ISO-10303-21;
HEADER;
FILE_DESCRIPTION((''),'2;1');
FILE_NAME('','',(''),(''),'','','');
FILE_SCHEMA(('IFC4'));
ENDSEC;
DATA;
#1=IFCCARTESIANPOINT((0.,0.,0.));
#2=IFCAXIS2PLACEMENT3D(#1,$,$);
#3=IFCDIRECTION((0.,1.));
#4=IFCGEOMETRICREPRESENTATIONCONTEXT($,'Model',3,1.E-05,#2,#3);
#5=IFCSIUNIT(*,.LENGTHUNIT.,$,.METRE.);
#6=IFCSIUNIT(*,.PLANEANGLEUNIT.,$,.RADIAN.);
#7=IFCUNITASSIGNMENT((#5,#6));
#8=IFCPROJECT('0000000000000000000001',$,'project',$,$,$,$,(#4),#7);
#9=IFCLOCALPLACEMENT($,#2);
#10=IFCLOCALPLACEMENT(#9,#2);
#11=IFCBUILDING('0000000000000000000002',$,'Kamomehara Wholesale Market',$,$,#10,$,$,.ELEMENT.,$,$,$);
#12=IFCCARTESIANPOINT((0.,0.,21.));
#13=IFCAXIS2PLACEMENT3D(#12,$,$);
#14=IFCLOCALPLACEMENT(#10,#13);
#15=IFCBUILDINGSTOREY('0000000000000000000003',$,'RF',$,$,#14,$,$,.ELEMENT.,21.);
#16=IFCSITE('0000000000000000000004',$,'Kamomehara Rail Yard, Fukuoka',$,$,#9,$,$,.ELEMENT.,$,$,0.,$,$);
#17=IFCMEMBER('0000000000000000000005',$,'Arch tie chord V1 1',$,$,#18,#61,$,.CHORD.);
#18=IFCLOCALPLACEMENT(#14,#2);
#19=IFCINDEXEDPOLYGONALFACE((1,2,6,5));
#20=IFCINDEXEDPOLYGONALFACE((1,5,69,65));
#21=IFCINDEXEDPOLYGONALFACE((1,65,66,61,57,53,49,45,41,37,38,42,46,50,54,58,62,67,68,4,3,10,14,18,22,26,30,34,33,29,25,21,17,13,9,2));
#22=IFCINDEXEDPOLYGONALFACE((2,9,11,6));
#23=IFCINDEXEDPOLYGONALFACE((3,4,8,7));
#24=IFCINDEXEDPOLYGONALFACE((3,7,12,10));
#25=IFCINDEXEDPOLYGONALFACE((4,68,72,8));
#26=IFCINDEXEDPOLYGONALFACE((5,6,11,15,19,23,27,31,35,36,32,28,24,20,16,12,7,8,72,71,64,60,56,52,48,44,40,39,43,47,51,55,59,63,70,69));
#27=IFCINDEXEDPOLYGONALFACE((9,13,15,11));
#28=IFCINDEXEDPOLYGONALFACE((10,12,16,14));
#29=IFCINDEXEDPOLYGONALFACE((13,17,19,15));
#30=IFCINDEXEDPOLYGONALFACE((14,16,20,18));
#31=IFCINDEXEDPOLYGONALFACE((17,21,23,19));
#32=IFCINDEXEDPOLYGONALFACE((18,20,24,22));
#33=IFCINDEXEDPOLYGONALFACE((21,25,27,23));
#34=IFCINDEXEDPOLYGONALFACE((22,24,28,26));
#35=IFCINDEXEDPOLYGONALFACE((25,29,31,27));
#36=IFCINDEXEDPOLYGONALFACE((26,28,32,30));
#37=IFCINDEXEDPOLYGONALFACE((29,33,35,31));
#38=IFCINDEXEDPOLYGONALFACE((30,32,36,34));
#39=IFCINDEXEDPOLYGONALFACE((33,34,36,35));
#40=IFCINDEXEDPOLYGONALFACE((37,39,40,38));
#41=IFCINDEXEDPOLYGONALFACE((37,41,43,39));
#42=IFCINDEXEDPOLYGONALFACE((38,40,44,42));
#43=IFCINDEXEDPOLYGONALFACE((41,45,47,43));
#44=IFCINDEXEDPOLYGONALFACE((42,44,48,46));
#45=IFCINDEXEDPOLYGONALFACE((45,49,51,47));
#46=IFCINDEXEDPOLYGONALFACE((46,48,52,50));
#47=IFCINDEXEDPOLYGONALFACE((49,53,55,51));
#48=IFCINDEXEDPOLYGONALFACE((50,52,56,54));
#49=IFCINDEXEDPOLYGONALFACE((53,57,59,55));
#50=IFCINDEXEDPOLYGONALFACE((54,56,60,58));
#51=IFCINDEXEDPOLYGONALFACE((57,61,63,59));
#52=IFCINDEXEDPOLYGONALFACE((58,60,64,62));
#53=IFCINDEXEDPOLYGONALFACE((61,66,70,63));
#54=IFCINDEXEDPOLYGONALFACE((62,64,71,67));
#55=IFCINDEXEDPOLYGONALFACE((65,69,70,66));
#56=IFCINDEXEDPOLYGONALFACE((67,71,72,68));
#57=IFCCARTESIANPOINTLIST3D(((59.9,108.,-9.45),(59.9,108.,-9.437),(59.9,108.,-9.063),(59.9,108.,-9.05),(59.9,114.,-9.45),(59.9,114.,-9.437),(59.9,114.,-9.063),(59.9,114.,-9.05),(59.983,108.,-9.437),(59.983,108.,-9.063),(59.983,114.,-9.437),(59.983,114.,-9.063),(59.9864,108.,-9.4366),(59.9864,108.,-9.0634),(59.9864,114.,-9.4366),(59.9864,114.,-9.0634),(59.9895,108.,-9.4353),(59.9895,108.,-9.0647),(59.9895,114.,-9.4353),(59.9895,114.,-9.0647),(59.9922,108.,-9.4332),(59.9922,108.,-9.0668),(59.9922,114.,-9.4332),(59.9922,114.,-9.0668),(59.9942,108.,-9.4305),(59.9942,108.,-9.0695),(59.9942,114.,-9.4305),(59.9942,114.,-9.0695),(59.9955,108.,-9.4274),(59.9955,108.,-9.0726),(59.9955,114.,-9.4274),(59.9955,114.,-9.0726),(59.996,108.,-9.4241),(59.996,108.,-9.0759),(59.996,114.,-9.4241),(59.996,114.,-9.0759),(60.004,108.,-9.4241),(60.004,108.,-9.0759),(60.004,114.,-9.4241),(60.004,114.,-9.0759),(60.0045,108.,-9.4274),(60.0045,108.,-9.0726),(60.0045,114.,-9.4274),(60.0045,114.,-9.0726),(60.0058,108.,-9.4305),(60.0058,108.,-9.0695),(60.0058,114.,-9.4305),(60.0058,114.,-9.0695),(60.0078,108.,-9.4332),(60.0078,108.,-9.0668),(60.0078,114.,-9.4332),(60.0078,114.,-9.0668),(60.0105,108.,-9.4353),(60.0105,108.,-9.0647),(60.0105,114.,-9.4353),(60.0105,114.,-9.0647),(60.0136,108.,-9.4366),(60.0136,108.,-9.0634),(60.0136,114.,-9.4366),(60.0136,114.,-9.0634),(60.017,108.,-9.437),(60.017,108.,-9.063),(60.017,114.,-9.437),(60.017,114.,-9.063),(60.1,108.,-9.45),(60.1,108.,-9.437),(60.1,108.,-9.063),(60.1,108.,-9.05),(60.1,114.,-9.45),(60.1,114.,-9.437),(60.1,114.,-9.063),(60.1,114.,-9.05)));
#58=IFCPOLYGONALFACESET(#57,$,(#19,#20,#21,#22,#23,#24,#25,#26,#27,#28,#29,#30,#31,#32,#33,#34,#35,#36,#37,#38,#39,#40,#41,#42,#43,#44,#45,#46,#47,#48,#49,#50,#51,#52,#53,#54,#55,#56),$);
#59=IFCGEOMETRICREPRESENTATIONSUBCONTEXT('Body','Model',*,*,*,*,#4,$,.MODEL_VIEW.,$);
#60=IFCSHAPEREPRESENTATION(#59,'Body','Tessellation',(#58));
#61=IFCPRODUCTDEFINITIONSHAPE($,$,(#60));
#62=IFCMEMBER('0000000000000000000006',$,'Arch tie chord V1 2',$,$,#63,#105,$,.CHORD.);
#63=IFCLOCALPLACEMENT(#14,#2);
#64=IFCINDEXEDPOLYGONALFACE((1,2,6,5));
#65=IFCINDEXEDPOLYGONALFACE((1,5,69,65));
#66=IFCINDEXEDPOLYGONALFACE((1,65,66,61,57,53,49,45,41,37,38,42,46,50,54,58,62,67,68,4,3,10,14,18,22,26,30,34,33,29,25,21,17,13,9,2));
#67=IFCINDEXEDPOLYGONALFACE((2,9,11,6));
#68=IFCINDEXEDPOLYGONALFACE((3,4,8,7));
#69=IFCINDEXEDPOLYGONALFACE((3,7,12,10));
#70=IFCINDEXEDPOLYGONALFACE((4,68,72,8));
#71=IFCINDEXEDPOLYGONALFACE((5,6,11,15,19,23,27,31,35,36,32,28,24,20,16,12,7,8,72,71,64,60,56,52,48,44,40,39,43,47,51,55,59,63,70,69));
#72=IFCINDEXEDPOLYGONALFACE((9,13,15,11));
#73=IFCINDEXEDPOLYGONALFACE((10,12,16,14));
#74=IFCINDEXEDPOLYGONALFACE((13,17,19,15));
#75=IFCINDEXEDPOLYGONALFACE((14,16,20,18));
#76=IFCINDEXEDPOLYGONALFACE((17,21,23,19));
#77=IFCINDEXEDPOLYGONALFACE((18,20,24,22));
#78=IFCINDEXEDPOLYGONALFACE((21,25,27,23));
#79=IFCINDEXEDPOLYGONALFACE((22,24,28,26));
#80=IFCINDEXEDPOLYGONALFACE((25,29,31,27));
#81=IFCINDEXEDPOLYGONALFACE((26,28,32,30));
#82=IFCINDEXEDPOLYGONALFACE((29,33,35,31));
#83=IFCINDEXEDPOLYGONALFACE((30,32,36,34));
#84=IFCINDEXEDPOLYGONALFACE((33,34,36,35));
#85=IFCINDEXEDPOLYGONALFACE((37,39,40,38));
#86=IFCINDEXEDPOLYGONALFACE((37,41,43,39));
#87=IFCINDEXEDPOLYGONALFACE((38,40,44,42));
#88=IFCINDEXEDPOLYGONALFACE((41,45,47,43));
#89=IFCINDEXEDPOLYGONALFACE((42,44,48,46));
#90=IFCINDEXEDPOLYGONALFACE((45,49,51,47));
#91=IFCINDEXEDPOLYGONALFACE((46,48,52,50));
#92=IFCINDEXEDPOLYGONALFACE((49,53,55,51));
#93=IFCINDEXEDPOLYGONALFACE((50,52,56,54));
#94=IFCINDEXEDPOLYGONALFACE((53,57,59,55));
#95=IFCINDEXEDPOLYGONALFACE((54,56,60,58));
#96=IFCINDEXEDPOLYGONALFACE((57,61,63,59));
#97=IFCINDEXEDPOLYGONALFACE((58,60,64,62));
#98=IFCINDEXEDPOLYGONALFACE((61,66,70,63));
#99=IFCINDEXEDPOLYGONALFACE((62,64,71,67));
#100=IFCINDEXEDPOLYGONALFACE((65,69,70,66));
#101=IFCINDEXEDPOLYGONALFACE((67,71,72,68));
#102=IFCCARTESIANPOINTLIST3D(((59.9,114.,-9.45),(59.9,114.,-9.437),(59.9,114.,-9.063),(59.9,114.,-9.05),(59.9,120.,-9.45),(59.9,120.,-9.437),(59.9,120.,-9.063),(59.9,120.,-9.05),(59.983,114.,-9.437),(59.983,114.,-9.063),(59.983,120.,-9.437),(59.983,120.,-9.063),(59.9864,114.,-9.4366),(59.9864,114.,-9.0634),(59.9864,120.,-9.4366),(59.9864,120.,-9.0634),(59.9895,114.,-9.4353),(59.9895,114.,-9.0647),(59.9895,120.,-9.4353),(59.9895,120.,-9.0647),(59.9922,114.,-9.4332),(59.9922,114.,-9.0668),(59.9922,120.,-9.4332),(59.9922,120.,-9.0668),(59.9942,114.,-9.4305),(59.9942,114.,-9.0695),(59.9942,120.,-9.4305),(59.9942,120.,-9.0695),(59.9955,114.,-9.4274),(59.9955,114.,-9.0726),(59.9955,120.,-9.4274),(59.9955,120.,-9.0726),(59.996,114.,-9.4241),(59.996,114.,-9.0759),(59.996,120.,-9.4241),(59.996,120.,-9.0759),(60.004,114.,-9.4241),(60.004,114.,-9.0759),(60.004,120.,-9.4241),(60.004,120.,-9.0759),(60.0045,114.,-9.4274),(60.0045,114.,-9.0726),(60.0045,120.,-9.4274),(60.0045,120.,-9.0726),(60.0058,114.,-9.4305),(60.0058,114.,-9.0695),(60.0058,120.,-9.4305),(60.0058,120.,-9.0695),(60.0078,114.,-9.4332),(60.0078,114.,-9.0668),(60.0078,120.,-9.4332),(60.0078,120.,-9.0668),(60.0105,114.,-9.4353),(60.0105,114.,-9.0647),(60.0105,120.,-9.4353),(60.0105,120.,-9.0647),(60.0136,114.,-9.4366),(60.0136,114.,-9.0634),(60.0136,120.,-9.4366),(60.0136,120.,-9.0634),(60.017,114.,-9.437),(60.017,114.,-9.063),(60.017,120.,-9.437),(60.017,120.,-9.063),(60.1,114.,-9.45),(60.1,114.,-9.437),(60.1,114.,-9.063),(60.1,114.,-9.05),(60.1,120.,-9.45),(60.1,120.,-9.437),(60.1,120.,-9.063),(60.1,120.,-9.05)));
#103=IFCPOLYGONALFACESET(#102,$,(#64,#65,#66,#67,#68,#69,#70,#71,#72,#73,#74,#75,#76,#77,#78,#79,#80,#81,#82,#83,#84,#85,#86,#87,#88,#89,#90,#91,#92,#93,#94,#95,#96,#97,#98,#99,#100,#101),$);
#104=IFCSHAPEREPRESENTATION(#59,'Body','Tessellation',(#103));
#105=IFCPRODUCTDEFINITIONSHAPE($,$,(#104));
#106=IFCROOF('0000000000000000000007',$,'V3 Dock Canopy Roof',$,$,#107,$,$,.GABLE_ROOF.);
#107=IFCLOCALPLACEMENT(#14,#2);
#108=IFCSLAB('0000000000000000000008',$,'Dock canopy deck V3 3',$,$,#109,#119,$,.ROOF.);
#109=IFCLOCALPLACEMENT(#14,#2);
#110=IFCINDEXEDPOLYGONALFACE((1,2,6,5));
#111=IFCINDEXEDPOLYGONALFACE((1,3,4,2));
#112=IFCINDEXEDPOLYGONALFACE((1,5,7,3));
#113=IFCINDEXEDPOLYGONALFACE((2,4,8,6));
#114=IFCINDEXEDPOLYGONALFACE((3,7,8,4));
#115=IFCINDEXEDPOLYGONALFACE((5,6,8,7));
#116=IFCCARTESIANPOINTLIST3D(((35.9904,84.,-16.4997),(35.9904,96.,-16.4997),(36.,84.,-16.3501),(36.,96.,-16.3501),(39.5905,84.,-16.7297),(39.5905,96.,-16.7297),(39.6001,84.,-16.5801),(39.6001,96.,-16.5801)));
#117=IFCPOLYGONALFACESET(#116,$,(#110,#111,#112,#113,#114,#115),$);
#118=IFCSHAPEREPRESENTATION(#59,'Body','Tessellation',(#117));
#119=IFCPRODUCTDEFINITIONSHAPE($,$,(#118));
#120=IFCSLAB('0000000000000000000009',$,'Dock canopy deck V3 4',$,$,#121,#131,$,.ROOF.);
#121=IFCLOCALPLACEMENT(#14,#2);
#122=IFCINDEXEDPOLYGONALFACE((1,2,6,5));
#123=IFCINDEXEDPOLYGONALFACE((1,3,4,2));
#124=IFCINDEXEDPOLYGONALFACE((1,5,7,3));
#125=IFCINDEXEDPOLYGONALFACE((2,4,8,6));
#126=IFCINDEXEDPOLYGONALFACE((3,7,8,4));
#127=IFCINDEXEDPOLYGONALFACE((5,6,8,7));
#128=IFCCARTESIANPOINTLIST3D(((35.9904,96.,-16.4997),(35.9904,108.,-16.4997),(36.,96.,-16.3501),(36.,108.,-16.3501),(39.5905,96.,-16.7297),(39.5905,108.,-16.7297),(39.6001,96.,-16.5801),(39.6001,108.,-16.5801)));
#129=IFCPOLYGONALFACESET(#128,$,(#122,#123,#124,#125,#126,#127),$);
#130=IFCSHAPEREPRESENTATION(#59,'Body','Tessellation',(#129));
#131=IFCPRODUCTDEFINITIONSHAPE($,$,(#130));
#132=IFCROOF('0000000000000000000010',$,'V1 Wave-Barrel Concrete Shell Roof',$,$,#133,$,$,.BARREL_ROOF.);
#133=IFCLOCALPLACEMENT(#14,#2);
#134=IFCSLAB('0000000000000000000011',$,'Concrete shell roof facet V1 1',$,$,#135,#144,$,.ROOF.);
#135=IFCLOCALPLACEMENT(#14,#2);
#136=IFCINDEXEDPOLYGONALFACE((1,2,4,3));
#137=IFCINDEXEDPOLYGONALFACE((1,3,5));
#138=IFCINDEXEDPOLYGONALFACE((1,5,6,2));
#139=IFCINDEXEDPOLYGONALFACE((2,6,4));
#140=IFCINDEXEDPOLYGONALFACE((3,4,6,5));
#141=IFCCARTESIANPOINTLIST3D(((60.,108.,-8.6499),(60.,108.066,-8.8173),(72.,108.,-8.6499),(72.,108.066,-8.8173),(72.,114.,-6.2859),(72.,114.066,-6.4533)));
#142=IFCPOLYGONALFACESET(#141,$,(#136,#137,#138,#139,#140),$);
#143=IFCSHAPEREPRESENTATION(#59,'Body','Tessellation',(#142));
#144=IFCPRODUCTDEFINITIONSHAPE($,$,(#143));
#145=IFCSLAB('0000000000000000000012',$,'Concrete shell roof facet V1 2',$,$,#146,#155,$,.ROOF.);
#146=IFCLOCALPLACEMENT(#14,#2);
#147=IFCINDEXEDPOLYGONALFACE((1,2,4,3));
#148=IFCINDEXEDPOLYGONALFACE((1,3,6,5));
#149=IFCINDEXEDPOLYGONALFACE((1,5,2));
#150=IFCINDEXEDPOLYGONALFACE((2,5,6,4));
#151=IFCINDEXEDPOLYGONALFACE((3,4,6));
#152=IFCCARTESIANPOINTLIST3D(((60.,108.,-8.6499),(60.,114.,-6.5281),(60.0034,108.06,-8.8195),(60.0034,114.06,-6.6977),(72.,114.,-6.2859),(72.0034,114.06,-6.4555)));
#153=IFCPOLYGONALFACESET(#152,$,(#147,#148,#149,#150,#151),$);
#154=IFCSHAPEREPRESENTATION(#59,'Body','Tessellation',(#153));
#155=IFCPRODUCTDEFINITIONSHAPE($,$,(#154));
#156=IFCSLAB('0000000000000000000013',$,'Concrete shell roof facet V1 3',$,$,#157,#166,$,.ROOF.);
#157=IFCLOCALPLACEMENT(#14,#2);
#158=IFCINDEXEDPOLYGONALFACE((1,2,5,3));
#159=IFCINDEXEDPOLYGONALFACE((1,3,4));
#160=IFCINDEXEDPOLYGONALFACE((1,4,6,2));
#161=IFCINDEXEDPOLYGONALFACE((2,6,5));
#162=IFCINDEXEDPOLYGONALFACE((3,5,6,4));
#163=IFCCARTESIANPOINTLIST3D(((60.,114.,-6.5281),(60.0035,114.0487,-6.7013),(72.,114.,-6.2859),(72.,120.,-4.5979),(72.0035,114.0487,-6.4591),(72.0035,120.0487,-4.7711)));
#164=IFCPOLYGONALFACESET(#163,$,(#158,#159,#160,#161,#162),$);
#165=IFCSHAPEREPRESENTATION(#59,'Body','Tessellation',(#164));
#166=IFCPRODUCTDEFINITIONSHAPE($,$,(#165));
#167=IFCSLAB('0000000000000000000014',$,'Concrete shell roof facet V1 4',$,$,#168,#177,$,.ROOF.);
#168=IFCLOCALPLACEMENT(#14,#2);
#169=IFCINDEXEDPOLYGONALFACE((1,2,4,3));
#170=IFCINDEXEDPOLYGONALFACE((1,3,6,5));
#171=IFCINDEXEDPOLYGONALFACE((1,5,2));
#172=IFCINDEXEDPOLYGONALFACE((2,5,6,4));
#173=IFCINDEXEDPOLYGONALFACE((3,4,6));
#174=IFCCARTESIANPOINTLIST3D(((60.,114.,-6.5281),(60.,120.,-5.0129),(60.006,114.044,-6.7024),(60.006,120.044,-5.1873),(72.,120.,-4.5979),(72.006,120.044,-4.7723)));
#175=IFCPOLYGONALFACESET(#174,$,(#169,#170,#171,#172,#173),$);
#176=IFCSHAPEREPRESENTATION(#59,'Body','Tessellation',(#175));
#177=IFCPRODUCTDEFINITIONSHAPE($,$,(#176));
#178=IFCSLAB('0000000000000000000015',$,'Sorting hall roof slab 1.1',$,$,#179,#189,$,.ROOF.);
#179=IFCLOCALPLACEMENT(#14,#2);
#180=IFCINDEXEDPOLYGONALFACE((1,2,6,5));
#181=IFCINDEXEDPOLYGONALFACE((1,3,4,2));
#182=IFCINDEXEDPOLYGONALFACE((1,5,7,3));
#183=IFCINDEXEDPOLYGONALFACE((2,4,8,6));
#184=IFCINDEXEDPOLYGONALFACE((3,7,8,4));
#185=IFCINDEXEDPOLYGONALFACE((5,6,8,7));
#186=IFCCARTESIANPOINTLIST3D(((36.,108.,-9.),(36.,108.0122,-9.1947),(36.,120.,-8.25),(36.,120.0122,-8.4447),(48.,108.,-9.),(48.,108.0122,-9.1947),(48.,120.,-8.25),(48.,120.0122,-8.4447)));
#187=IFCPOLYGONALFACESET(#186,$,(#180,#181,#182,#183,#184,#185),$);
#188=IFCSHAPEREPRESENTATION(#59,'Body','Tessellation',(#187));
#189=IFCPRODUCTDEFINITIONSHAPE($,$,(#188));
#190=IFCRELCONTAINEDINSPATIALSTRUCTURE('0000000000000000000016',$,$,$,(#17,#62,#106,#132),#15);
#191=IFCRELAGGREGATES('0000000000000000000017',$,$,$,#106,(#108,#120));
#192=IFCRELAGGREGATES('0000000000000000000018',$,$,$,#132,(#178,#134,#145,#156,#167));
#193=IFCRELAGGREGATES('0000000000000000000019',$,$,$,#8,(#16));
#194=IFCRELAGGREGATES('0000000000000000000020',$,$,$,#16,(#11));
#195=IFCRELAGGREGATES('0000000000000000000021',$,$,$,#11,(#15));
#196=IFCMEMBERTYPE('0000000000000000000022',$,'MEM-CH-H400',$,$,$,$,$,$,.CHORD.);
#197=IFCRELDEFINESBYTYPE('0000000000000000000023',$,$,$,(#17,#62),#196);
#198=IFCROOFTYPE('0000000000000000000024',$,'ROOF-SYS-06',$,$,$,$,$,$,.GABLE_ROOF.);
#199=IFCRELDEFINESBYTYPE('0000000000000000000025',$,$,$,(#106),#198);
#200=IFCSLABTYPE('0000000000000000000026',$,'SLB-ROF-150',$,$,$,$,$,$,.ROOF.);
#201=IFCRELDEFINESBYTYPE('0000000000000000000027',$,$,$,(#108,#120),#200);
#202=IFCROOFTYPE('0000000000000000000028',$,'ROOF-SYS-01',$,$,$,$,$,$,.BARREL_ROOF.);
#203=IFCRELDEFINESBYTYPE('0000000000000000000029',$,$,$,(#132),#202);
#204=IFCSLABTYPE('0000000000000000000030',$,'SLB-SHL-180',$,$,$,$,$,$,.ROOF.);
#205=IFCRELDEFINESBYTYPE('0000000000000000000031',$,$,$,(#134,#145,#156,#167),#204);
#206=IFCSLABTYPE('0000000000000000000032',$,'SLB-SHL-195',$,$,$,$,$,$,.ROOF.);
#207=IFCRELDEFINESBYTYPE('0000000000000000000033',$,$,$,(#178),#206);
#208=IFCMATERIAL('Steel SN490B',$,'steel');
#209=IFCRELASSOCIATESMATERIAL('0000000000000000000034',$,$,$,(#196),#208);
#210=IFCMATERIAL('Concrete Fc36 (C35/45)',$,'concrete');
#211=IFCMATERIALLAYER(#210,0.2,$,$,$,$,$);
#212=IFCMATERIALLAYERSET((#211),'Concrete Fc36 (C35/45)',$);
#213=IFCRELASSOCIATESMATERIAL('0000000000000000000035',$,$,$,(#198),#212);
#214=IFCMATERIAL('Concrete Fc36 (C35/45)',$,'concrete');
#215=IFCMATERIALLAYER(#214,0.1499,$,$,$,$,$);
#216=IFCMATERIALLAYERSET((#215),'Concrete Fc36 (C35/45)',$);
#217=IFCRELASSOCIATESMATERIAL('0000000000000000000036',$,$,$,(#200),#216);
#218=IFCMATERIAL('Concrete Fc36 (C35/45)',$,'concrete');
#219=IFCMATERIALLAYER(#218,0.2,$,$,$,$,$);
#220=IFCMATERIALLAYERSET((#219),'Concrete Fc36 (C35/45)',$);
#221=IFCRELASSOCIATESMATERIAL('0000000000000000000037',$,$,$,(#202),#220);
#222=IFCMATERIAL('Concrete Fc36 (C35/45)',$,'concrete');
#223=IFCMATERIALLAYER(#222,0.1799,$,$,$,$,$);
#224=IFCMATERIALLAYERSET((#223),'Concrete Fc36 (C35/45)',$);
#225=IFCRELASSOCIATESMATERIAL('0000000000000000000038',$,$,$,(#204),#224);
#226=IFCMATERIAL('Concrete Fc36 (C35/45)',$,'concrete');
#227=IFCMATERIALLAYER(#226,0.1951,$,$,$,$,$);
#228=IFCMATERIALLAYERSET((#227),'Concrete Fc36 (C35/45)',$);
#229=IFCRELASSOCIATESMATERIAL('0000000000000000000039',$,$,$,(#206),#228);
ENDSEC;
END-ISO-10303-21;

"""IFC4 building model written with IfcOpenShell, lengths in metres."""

from ifc_helpers import new_model, si_unit, direction, frame, origin, origin_2d, place, context, subcontext, project, spatial, polyline, i_section, outline, extrude, material, layer, layer_set, material_profile, profile_set, type_object, element, aggregate, save


model = new_model("IFC4")

# Units and contexts
model_context = context("Model", 3, precision=1e-05, world=origin(), true_north=direction((0.0, 1.0)))
body_context = subcontext(model_context, "Body", "Model", "MODEL_VIEW")
ifc_project = project(units=[si_unit("LENGTHUNIT", "METRE"), si_unit("PLANEANGLEUNIT", "RADIAN")], contexts=[model_context])

# Site, building, storey
site_placement = place(None, origin())
site = spatial("IfcSite", under=ifc_project, at=site_placement, Name="Kamomehara Rail Yard, Fukuoka", CompositionType="ELEMENT", RefElevation=0.0)
building_placement = place(site_placement, origin())
building = spatial("IfcBuilding", under=site, at=building_placement, Name="Kamomehara Wholesale Market", CompositionType="ELEMENT")
storey_placement = place(building_placement, frame((0.0, 0.0, 21.0)))
storey = spatial("IfcBuildingStorey", under=building, at=storey_placement, Name="RF", CompositionType="ELEMENT", Elevation=21.0)

# Members
ifc_material_1 = material(Name="Steel SN490B", Category="steel")
ifc_material_profile_1 = material_profile(ifc_material_1, i_section(OverallWidth=0.2, OverallDepth=0.3999, WebThickness=0.0081, FlangeThickness=0.0129, FilletRadius=0.0129, at=origin_2d()), Name="H-400x200x8x13")
ifc_profile_set_1 = profile_set([ifc_material_profile_1], Name="Steel SN490B")
member_type_1 = type_object("IfcMemberType", Name="MEM-CH-H400", PredefinedType="CHORD", material=ifc_profile_set_1)
for number, where, z_axis, x_axis, name in (
    (1, (60.0, 108.0, -9.25), (0.0, 1.0, 0.0), (-1.0, 0.0, 0.0), "Arch tie chord V1 1"),
    (2, (60.0, 114.0, -9.25), (0.0, 1.0, 0.0), (-1.0, 0.0, 0.0), "Arch tie chord V1 2"),
):
    element("IfcMember", number, at=place(storey_placement, frame(where, z_axis=z_axis, x_axis=x_axis)), inside=storey, type_object=member_type_1, Name=name, PredefinedType="CHORD", context=body_context, shape_type="SweptSolid", body=[
        extrude(i_section(OverallWidth=0.2, OverallDepth=0.3999, WebThickness=0.0081, FlangeThickness=0.0129, FilletRadius=0.0129, at=origin_2d()), origin(), (0.0, 0.0, 1.0), 6.0),
    ])

# Roofs, slabs
ifc_material_2 = material(Name="Concrete Fc36 (C35/45)", Category="concrete")
ifc_layer_1 = layer(ifc_material_2, 0.2)
ifc_layer_set_1 = layer_set([ifc_layer_1], Name="Concrete Fc36 (C35/45)")
roof_type_1 = type_object("IfcRoofType", Name="ROOF-SYS-06", PredefinedType="GABLE_ROOF", material=ifc_layer_set_1)
roof_1_placement = place(storey_placement, origin())
roof_1 = element("IfcRoof", 3, at=roof_1_placement, inside=storey, type_object=roof_type_1, Name="V3 Dock Canopy Roof", PredefinedType="GABLE_ROOF")
ifc_material_3 = material(Name="Concrete Fc36 (C35/45)", Category="concrete")
ifc_layer_2 = layer(ifc_material_3, 0.1499)
ifc_layer_set_2 = layer_set([ifc_layer_2], Name="Concrete Fc36 (C35/45)")
slab_type_1 = type_object("IfcSlabType", Name="SLB-ROF-150", PredefinedType="ROOF", material=ifc_layer_set_2)
slab_1_placement = place(storey_placement, frame((36.0, 84.0, -16.3501), z_axis=(0.063752, 0.0, 0.997966), x_axis=(0.997966, 0.0, -0.063752)))
slab_1 = element("IfcSlab", 4, at=slab_1_placement, type_object=slab_type_1, Name="Dock canopy deck V3 3", PredefinedType="ROOF", context=body_context, shape_type="SweptSolid", body=[
    extrude(outline(polyline([(0.0, 0.0), (3.6074, 0.0), (3.6074, 12.0), (0.0, 12.0), (0.0, 0.0)])), origin(), (0.0, 0.0, -1.0), 0.1499),
])
slab_2_placement = place(storey_placement, frame((36.0, 96.0, -16.3501), z_axis=(0.063752, 0.0, 0.997966), x_axis=(0.997966, 0.0, -0.063752)))
slab_2 = element("IfcSlab", 5, at=slab_2_placement, type_object=slab_type_1, Name="Dock canopy deck V3 4", PredefinedType="ROOF", context=body_context, shape_type="SweptSolid", body=[
    extrude(outline(polyline([(0.0, 0.0), (3.6074, 0.0), (3.6074, 12.0), (0.0, 12.0), (0.0, 0.0)])), origin(), (0.0, 0.0, -1.0), 0.1499),
])
aggregate(roof_1, [slab_1, slab_2])
ifc_material_4 = material(Name="Concrete Fc36 (C35/45)", Category="concrete")
ifc_layer_3 = layer(ifc_material_4, 0.2)
ifc_layer_set_3 = layer_set([ifc_layer_3], Name="Concrete Fc36 (C35/45)")
roof_type_2 = type_object("IfcRoofType", Name="ROOF-SYS-01", PredefinedType="BARREL_ROOF", material=ifc_layer_set_3)
roof_2_placement = place(storey_placement, origin())
roof_2 = element("IfcRoof", 6, at=roof_2_placement, inside=storey, type_object=roof_type_2, Name="V1 Wave-Barrel Concrete Shell Roof", PredefinedType="BARREL_ROOF")
ifc_material_5 = material(Name="Concrete Fc36 (C35/45)", Category="concrete")
ifc_layer_4 = layer(ifc_material_5, 0.1799)
ifc_layer_set_4 = layer_set([ifc_layer_4], Name="Concrete Fc36 (C35/45)")
slab_type_2 = type_object("IfcSlabType", Name="SLB-SHL-180", PredefinedType="ROOF", material=ifc_layer_set_4)
slab_3_placement = place(storey_placement, frame((60.0, 108.0, -8.6499), z_axis=(0.0, -0.366575, 0.930388), x_axis=(1.0, 0.0, 0.0)))
slab_3 = element("IfcSlab", 7, at=slab_3_placement, type_object=slab_type_2, Name="Concrete shell roof facet V1 1", PredefinedType="ROOF", context=body_context, shape_type="SweptSolid", body=[
    extrude(outline(polyline([(0.0, 0.0), (12.0, 0.0), (12.0, 6.4489), (0.0, 0.0)])), origin(), (0.0, 0.0, -1.0), 0.1799),
])
slab_4_placement = place(storey_placement, frame((60.0, 108.0, -8.6499), z_axis=(-0.019024, -0.333344, 0.942613), x_axis=(0.880857, 0.440429, 0.17353)))
slab_4 = element("IfcSlab", 8, at=slab_4_placement, type_object=slab_type_2, Name="Concrete shell roof facet V1 2", PredefinedType="ROOF", context=body_context, shape_type="SweptSolid", body=[
    extrude(outline(polyline([(0.0, 0.0), (13.6231, 0.0), (3.0108, 5.6069), (0.0, 0.0)])), origin(), (0.0, 0.0, -1.0), 0.1799),
])
slab_5_placement = place(storey_placement, frame((60.0, 114.0, -6.5281), z_axis=(-0.019424, -0.270767, 0.962449), x_axis=(0.999796, 0.0, 0.020178)))
slab_5 = element("IfcSlab", 9, at=slab_5_placement, type_object=slab_type_2, Name="Concrete shell roof facet V1 3", PredefinedType="ROOF", context=body_context, shape_type="SweptSolid", body=[
    extrude(outline(polyline([(0.0, 0.0), (12.0024, 0.0), (12.0365, 6.2328), (0.0, 0.0)])), origin(), (0.0, 0.0, -1.0), 0.1799),
])
slab_6_placement = place(storey_placement, frame((60.0, 114.0, -6.5281), z_axis=(-0.033515, -0.2447, 0.96902), x_axis=(0.885312, 0.442656, 0.142401)))
slab_6 = element("IfcSlab", 10, at=slab_6_placement, type_object=slab_type_2, Name="Concrete shell roof facet V1 4", PredefinedType="ROOF", context=body_context, shape_type="SweptSolid", body=[
    extrude(outline(polyline([(0.0, 0.0), (13.5545, 0.0), (2.8717, 5.4817), (0.0, 0.0)])), origin(), (0.0, 0.0, -1.0), 0.1799),
])
ifc_material_6 = material(Name="Concrete Fc36 (C35/45)", Category="concrete")
ifc_layer_5 = layer(ifc_material_6, 0.1951)
ifc_layer_set_5 = layer_set([ifc_layer_5], Name="Concrete Fc36 (C35/45)")
slab_type_3 = type_object("IfcSlabType", Name="SLB-SHL-195", PredefinedType="ROOF", material=ifc_layer_set_5)
slab_7_placement = place(storey_placement, frame((36.0, 108.0, -9.0), z_axis=(0.0, -0.062378, 0.998053), x_axis=(1.0, 0.0, 0.0)))
slab_7 = element("IfcSlab", 11, at=slab_7_placement, type_object=slab_type_3, Name="Sorting hall roof slab 1.1", PredefinedType="ROOF", context=body_context, shape_type="SweptSolid", body=[
    extrude(outline(polyline([(0.0, 0.0), (12.0, 0.0), (12.0, 12.0234), (0.0, 12.0234), (0.0, 0.0)])), origin(), (0.0, 0.0, -1.0), 0.1951),
])
aggregate(roof_2, [slab_7, slab_3, slab_4, slab_5, slab_6])

save(model, "model.ifc")
